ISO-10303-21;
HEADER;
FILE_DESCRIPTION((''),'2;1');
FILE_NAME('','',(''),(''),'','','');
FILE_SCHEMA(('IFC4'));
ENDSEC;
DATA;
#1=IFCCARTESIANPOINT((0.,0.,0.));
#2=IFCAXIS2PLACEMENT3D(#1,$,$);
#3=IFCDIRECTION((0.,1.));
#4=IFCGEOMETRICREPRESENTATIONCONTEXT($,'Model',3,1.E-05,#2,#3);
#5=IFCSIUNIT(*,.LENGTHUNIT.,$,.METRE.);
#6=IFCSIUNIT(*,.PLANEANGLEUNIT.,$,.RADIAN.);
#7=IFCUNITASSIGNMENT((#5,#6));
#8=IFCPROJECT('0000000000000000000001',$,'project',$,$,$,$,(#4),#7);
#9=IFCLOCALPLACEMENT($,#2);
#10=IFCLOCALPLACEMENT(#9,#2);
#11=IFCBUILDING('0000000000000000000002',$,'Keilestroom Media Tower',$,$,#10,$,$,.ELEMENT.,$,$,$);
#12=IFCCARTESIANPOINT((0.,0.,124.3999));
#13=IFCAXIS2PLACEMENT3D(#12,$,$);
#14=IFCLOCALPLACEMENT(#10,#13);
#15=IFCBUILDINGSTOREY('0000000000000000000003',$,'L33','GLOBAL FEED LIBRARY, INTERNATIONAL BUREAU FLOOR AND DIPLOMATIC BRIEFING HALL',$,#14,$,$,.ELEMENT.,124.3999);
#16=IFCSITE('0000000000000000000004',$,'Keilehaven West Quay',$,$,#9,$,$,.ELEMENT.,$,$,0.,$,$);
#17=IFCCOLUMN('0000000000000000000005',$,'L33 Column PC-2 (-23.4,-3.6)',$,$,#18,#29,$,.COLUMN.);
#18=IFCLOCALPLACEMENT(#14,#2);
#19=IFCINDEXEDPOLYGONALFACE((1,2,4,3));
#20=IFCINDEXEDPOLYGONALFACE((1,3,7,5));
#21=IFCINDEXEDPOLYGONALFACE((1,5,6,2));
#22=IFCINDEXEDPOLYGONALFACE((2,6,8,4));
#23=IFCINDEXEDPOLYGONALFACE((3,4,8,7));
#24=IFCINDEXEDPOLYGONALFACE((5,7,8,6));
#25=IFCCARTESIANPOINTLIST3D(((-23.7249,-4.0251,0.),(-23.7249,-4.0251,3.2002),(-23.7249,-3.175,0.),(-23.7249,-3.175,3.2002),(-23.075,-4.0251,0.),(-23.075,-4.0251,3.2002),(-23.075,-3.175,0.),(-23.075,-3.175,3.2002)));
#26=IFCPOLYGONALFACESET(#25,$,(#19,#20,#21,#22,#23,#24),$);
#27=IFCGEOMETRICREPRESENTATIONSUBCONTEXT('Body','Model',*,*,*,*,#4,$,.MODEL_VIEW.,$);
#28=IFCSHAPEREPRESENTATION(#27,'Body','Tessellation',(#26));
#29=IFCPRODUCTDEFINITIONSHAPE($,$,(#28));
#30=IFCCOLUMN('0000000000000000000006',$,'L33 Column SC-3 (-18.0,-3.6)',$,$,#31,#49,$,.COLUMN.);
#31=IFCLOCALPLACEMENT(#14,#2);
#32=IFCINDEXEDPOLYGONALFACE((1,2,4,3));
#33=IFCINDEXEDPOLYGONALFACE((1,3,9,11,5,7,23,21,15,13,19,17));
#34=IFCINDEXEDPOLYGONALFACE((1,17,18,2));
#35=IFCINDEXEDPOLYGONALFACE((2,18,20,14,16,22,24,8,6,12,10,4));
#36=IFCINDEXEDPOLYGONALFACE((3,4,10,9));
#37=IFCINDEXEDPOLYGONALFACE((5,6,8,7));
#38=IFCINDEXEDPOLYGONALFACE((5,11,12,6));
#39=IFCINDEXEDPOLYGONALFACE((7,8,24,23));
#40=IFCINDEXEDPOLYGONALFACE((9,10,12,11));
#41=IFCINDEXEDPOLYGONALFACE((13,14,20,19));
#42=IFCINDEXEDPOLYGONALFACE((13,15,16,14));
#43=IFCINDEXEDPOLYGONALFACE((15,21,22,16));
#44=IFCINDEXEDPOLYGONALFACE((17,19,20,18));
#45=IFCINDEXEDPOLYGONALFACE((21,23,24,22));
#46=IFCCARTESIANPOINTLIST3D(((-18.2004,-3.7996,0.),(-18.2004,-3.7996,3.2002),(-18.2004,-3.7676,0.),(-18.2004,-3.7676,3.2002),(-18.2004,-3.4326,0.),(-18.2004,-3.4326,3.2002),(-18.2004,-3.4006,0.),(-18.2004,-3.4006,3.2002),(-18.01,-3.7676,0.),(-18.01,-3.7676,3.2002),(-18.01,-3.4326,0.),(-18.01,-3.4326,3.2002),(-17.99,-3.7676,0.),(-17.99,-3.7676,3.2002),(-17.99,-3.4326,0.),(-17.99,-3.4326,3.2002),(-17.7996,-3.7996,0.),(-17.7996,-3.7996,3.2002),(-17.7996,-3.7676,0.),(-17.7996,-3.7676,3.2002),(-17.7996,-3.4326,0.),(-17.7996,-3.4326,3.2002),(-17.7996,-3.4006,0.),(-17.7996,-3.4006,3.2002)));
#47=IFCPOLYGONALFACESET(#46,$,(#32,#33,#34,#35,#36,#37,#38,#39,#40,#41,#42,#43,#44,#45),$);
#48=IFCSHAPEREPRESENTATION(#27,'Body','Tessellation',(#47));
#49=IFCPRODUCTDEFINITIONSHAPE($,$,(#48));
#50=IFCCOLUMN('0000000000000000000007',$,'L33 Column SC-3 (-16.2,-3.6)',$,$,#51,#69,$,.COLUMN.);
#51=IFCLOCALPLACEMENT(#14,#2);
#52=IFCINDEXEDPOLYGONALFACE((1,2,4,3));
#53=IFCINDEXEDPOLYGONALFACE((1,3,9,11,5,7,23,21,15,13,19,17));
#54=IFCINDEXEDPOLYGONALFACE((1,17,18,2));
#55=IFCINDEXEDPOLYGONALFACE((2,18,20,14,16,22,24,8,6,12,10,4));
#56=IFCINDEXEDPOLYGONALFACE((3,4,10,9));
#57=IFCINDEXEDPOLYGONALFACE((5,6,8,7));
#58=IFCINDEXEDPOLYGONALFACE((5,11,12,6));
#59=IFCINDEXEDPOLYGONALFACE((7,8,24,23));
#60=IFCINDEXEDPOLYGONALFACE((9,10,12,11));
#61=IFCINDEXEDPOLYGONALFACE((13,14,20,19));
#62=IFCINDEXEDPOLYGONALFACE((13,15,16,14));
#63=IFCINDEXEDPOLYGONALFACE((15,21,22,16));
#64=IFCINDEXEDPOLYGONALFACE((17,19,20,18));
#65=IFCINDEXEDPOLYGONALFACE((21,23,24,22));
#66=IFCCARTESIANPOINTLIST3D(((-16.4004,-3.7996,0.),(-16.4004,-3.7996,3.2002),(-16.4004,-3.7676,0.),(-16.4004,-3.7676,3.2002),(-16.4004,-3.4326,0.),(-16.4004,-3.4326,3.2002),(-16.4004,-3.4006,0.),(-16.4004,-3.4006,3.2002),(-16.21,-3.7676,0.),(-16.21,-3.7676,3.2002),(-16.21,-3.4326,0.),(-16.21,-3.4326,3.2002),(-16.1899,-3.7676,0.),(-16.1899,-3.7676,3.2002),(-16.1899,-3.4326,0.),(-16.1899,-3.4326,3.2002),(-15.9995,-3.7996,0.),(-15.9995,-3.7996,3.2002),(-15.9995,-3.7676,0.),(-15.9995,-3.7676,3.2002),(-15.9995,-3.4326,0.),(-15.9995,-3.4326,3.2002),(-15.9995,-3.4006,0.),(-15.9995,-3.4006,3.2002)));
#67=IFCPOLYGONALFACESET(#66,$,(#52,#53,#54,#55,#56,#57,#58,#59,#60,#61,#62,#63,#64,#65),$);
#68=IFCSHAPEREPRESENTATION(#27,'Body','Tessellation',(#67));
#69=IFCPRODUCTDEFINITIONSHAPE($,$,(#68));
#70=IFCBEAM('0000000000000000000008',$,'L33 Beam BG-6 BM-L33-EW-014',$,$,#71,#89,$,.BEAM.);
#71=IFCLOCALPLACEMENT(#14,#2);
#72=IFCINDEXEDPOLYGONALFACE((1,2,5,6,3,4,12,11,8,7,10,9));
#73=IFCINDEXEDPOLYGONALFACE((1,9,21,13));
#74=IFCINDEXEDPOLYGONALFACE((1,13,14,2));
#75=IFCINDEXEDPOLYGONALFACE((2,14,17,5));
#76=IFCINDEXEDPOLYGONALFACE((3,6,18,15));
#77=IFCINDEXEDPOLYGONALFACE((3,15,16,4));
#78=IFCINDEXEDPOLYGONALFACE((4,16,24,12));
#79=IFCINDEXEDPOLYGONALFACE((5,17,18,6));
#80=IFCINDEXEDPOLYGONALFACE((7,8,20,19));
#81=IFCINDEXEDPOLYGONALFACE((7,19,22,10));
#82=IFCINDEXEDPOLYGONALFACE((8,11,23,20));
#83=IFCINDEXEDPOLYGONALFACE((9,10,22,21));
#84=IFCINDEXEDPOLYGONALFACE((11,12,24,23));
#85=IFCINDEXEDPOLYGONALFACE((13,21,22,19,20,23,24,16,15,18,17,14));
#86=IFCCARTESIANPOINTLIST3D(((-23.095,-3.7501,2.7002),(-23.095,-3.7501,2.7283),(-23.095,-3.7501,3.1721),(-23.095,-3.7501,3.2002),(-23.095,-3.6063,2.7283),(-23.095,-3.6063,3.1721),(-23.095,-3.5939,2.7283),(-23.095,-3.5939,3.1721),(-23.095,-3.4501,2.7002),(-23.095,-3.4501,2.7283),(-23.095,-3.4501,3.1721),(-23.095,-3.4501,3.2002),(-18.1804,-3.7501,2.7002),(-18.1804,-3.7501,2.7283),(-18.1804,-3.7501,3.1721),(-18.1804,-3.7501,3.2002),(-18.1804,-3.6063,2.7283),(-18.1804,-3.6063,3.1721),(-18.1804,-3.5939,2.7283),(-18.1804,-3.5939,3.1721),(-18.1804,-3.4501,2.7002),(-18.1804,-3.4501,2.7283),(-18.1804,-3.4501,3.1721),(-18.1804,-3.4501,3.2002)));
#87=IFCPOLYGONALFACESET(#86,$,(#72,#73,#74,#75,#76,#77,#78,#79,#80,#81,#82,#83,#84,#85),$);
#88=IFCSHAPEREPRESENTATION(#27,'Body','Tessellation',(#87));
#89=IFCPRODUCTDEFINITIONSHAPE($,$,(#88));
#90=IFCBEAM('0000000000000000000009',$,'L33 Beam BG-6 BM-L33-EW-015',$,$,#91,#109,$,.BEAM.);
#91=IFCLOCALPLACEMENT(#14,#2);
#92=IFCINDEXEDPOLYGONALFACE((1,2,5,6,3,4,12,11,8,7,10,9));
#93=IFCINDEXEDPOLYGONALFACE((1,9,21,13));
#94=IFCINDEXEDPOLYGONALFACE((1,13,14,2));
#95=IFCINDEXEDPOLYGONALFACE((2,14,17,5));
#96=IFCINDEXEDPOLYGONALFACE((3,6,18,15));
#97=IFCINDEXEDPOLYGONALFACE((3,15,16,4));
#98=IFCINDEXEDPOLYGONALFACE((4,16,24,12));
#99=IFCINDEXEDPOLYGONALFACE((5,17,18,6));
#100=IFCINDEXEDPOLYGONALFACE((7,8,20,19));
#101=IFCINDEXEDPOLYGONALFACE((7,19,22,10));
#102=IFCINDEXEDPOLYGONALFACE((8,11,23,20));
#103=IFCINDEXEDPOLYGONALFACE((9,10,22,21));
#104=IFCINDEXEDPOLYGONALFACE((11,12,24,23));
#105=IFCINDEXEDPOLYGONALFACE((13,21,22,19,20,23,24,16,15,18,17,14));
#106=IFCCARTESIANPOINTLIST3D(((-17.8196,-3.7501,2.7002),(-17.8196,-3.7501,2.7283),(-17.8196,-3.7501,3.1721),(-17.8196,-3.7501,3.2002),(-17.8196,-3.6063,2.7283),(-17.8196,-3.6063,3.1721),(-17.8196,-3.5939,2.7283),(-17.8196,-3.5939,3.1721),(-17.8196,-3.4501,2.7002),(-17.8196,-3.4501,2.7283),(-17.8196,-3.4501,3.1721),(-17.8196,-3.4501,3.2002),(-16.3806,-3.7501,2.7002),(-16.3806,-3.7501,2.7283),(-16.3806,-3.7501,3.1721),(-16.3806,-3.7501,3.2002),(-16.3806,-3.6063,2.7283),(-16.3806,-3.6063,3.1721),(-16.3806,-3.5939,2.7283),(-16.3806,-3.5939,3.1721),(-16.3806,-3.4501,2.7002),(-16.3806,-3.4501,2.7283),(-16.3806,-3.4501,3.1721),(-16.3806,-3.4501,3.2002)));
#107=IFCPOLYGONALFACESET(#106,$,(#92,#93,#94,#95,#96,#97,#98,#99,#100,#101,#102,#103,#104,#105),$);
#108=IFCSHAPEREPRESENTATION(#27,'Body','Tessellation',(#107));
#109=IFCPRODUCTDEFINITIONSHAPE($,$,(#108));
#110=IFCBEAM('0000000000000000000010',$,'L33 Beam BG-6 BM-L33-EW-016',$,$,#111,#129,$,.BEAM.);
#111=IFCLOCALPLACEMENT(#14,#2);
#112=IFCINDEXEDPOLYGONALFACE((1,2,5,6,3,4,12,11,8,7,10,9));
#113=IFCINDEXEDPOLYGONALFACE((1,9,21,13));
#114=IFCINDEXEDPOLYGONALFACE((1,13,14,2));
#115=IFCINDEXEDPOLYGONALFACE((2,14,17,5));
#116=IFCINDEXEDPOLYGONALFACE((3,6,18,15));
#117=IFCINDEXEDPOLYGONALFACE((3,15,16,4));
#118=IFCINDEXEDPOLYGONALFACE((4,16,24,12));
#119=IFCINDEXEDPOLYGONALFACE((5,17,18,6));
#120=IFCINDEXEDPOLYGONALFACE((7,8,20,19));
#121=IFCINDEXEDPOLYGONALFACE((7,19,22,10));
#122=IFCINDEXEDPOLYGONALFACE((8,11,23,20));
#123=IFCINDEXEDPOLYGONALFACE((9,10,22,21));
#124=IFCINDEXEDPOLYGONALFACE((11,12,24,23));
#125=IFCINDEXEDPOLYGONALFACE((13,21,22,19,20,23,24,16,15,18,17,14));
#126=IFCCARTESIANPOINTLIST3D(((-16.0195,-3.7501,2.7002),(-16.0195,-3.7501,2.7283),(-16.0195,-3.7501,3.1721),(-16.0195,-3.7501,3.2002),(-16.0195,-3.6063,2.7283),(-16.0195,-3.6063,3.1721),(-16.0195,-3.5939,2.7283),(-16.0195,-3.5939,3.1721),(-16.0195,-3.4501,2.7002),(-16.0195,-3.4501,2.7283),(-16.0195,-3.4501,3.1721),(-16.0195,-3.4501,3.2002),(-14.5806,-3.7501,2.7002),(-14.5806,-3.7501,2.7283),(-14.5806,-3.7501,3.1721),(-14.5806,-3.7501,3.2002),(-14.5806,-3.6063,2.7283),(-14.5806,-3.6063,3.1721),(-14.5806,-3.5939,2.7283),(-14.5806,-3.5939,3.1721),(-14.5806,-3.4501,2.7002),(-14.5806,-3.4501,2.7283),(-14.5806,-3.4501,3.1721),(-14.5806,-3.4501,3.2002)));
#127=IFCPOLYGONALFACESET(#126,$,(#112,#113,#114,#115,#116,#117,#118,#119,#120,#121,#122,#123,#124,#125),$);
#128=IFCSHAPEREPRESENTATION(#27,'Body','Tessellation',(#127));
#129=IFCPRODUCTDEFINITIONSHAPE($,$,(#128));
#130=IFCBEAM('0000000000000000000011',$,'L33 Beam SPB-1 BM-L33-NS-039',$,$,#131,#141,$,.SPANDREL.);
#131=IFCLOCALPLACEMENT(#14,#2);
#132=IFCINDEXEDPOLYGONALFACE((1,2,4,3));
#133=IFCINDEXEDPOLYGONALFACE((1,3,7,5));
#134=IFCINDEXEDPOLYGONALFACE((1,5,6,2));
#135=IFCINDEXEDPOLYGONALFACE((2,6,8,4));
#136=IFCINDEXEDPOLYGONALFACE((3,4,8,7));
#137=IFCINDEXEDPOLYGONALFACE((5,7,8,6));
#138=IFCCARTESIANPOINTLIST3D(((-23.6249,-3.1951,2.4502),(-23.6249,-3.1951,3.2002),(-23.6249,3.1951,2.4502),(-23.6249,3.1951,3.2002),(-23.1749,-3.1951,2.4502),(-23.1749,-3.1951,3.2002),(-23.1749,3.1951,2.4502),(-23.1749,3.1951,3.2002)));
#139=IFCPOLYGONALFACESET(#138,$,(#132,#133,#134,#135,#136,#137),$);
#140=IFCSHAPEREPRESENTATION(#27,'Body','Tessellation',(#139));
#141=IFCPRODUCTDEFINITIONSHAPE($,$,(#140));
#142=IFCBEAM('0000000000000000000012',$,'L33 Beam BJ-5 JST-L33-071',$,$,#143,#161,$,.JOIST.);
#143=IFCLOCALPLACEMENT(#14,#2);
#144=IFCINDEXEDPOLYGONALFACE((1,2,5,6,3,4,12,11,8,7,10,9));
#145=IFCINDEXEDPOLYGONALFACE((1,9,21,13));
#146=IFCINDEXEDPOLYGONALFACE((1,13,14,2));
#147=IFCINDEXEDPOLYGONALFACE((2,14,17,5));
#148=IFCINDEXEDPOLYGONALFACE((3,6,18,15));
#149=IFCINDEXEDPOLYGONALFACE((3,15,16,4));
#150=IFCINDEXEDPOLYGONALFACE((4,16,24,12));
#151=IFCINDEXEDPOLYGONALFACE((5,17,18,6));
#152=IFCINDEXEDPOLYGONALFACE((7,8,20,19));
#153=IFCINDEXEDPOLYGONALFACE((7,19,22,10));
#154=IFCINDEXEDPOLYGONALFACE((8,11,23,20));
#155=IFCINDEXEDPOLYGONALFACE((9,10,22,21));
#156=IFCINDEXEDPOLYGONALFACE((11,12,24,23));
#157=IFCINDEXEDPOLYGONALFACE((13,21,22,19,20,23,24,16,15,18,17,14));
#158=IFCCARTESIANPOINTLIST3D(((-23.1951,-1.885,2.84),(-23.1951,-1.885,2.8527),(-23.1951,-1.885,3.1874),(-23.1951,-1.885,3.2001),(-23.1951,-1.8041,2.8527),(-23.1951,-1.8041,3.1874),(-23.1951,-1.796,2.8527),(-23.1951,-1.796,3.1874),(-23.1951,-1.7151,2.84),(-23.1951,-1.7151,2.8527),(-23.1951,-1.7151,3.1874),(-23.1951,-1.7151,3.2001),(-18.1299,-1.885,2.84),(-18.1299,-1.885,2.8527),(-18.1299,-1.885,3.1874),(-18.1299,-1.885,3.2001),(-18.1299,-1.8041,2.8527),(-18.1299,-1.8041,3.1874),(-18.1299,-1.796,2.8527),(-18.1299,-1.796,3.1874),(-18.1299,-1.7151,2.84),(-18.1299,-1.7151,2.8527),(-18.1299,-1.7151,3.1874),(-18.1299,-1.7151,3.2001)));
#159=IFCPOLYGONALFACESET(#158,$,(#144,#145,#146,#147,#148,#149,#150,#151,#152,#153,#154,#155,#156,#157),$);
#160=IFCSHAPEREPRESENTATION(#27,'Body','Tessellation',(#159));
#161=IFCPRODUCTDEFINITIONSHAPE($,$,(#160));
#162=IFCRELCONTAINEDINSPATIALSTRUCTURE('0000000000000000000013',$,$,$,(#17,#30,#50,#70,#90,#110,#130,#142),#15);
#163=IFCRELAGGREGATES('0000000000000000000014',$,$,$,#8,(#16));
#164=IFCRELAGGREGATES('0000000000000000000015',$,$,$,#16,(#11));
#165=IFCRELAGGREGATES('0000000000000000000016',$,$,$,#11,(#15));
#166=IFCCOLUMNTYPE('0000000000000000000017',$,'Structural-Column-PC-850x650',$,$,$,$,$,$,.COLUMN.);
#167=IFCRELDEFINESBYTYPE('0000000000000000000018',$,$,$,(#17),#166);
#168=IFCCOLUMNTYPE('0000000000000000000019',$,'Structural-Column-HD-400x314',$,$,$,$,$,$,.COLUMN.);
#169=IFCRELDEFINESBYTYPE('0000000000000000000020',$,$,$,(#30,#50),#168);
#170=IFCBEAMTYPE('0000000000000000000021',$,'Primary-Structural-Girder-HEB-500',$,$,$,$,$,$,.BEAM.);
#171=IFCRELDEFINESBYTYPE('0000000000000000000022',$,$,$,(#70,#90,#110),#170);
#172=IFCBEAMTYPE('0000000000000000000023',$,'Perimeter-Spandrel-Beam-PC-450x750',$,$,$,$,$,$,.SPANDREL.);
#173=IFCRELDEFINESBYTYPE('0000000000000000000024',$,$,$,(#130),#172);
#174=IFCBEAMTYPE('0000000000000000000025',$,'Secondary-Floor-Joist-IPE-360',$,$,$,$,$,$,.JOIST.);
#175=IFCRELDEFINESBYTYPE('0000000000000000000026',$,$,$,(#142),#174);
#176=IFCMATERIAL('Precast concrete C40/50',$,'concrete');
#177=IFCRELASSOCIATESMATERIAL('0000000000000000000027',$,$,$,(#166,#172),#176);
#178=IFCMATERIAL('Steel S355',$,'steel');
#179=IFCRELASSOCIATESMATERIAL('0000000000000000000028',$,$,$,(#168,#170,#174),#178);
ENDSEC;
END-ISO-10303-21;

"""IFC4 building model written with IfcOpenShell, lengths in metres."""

from ifc_helpers import new_model, si_unit, direction, frame, origin, origin_2d, place, context, subcontext, project, spatial, rectangle, i_section, extrude, source, transform, mapped, material, material_profile, profile_set, type_object, element, save


model = new_model("IFC4")

# Units and contexts
model_context = context("Model", 3, precision=1e-05, world=origin(), true_north=direction((0.0, 1.0)))
body_context = subcontext(model_context, "Body", "Model", "MODEL_VIEW")
ifc_project = project(units=[si_unit("LENGTHUNIT", "METRE"), si_unit("PLANEANGLEUNIT", "RADIAN")], contexts=[model_context])

# Site, building, storey
site_placement = place(None, origin())
site = spatial("IfcSite", under=ifc_project, at=site_placement, Name="Keilehaven West Quay", CompositionType="ELEMENT", RefElevation=0.0)
building_placement = place(site_placement, origin())
building = spatial("IfcBuilding", under=site, at=building_placement, Name="Keilestroom Media Tower", CompositionType="ELEMENT")
storey_placement = place(building_placement, frame((0.0, 0.0, 124.3999)))
storey = spatial("IfcBuildingStorey", under=building, at=storey_placement, Name="L33", Description="GLOBAL FEED LIBRARY, INTERNATIONAL BUREAU FLOOR AND DIPLOMATIC BRIEFING HALL", CompositionType="ELEMENT", Elevation=124.3999)

# Columns
ifc_material_1 = material(Name="Precast concrete C40/50", Category="concrete")
ifc_material_profile_1 = material_profile(ifc_material_1, rectangle(XDim=0.6499, YDim=0.8501, at=origin_2d()), Name="PC 850x650")
ifc_profile_set_1 = profile_set([ifc_material_profile_1], Name="Precast concrete C40/50")
column_type_1 = type_object("IfcColumnType", Name="Structural-Column-PC-850x650", PredefinedType="COLUMN", material=ifc_profile_set_1)
shared_shape_1 = source(origin(), body_context, "Body", "SweptSolid", [
    extrude(rectangle(XDim=0.6499, YDim=0.8501, at=origin_2d()), origin(), (0.0, 0.0, 1.0), 3.2002),
])
column_placement = place(storey_placement, frame((-23.3999, -3.6001, 0.0), z_axis=(0.0, 0.0, 1.0), x_axis=(1.0, 0.0, 0.0)))
element("IfcColumn", 1, at=column_placement, inside=storey, type_object=column_type_1, Name="L33 Column PC-2 (-23.4,-3.6)", PredefinedType="COLUMN", context=body_context, shape_type="MappedRepresentation", body=[
    mapped(shared_shape_1, transform((0.0, 0.0, 0.0), x_axis=(1.0, 0.0, 0.0), y_axis=(0.0, 1.0, 0.0), z_axis=(0.0, 0.0, 1.0), scale=1.0)),
])
ifc_material_2 = material(Name="Steel S355", Category="steel")
ifc_material_profile_2 = material_profile(ifc_material_2, i_section(OverallWidth=0.4009, OverallDepth=0.3989, WebThickness=0.02, FlangeThickness=0.032, at=origin_2d()), Name="HD 400x314")
ifc_profile_set_2 = profile_set([ifc_material_profile_2], Name="Steel S355")
column_type_2 = type_object("IfcColumnType", Name="Structural-Column-HD-400x314", PredefinedType="COLUMN", material=ifc_profile_set_2)
shared_shape_2 = source(origin(), body_context, "Body", "SweptSolid", [
    extrude(i_section(OverallWidth=0.4009, OverallDepth=0.3989, WebThickness=0.02, FlangeThickness=0.032, at=origin_2d()), origin(), (0.0, 0.0, 1.0), 3.2002),
])
for number, where, z_axis, x_axis, name in (
    (2, (-18.0, -3.6001, 0.0), (0.0, 0.0, 1.0), (1.0, 0.0, 0.0), "L33 Column SC-3 (-18.0,-3.6)"),
    (3, (-16.2, -3.6001, 0.0), (0.0, 0.0, 1.0), (1.0, 0.0, 0.0), "L33 Column SC-3 (-16.2,-3.6)"),
):
    element("IfcColumn", number, at=place(storey_placement, frame(where, z_axis=z_axis, x_axis=x_axis)), inside=storey, type_object=column_type_2, Name=name, PredefinedType="COLUMN", context=body_context, shape_type="MappedRepresentation", body=[
        mapped(shared_shape_2, transform((0.0, 0.0, 0.0), x_axis=(1.0, 0.0, 0.0), y_axis=(0.0, 1.0, 0.0), z_axis=(0.0, 0.0, 1.0), scale=1.0)),
    ])

# Beams
ifc_material_profile_3 = material_profile(ifc_material_2, i_section(OverallWidth=0.3, OverallDepth=0.5, WebThickness=0.0125, FlangeThickness=0.0281, at=origin_2d()), Name="HEB 500")
ifc_profile_set_3 = profile_set([ifc_material_profile_3], Name="Steel S355")
beam_type_1 = type_object("IfcBeamType", Name="Primary-Structural-Girder-HEB-500", PredefinedType="BEAM", material=ifc_profile_set_3)
shared_shape_3 = source(origin(), body_context, "Body", "SweptSolid", [
    extrude(i_section(OverallWidth=0.3, OverallDepth=0.5, WebThickness=0.0125, FlangeThickness=0.0281, at=origin_2d()), origin(), (0.0, 0.0, 1.0), 4.9146),
])
beam_1_placement = place(storey_placement, frame((-23.095, -3.6001, 2.9502), z_axis=(1.0, 0.0, 0.0), x_axis=(0.0, 1.0, 0.0)))
element("IfcBeam", 4, at=beam_1_placement, inside=storey, type_object=beam_type_1, Name="L33 Beam BG-6 BM-L33-EW-014", PredefinedType="BEAM", context=body_context, shape_type="MappedRepresentation", body=[
    mapped(shared_shape_3, transform((0.0, 0.0, 0.0), x_axis=(1.0, 0.0, 0.0), y_axis=(0.0, 1.0, 0.0), z_axis=(0.0, 0.0, 1.0), scale=1.0)),
])
shared_shape_4 = source(origin(), body_context, "Body", "SweptSolid", [
    extrude(i_section(OverallWidth=0.3, OverallDepth=0.5, WebThickness=0.0125, FlangeThickness=0.0281, at=origin_2d()), origin(), (0.0, 0.0, 1.0), 1.439),
])
for number, where, z_axis, x_axis, name in (
    (5, (-17.8196, -3.6001, 2.9502), (1.0, 0.0, 0.0), (0.0, 1.0, 0.0), "L33 Beam BG-6 BM-L33-EW-015"),
    (6, (-16.0195, -3.6001, 2.9502), (1.0, 0.0, 0.0), (0.0, 1.0, 0.0), "L33 Beam BG-6 BM-L33-EW-016"),
):
    element("IfcBeam", number, at=place(storey_placement, frame(where, z_axis=z_axis, x_axis=x_axis)), inside=storey, type_object=beam_type_1, Name=name, PredefinedType="BEAM", context=body_context, shape_type="MappedRepresentation", body=[
        mapped(shared_shape_4, transform((0.0, 0.0, 0.0), x_axis=(1.0, 0.0, 0.0), y_axis=(0.0, 1.0, 0.0), z_axis=(0.0, 0.0, 1.0), scale=1.0)),
    ])
ifc_material_profile_4 = material_profile(ifc_material_1, rectangle(XDim=0.45, YDim=0.75, at=origin_2d()), Name="PC 450x750")
ifc_profile_set_4 = profile_set([ifc_material_profile_4], Name="Precast concrete C40/50")
beam_type_2 = type_object("IfcBeamType", Name="Perimeter-Spandrel-Beam-PC-450x750", PredefinedType="SPANDREL", material=ifc_profile_set_4)
shared_shape_5 = source(origin(), body_context, "Body", "SweptSolid", [
    extrude(rectangle(XDim=0.45, YDim=0.75, at=origin_2d()), origin(), (0.0, 0.0, 1.0), 6.3901),
])
beam_2_placement = place(storey_placement, frame((-23.3999, -3.1951, 2.8252), z_axis=(0.0, 1.0, 0.0), x_axis=(-1.0, 0.0, 0.0)))
element("IfcBeam", 7, at=beam_2_placement, inside=storey, type_object=beam_type_2, Name="L33 Beam SPB-1 BM-L33-NS-039", PredefinedType="SPANDREL", context=body_context, shape_type="MappedRepresentation", body=[
    mapped(shared_shape_5, transform((0.0, 0.0, 0.0), x_axis=(1.0, 0.0, 0.0), y_axis=(0.0, 1.0, 0.0), z_axis=(0.0, 0.0, 1.0), scale=1.0)),
])
ifc_material_profile_5 = material_profile(ifc_material_2, i_section(OverallWidth=0.1699, OverallDepth=0.3601, WebThickness=0.0081, FlangeThickness=0.0127, at=origin_2d()), Name="IPE 360")
ifc_profile_set_5 = profile_set([ifc_material_profile_5], Name="Steel S355")
beam_type_3 = type_object("IfcBeamType", Name="Secondary-Floor-Joist-IPE-360", PredefinedType="JOIST", material=ifc_profile_set_5)
shared_shape_6 = source(origin(), body_context, "Body", "SweptSolid", [
    extrude(i_section(OverallWidth=0.1699, OverallDepth=0.3601, WebThickness=0.0081, FlangeThickness=0.0127, at=origin_2d()), origin(), (0.0, 0.0, 1.0), 5.0652),
])
beam_3_placement = place(storey_placement, frame((-23.1951, -1.8, 3.02), z_axis=(1.0, 0.0, 0.0), x_axis=(0.0, 1.0, 0.0)))
element("IfcBeam", 8, at=beam_3_placement, inside=storey, type_object=beam_type_3, Name="L33 Beam BJ-5 JST-L33-071", PredefinedType="JOIST", context=body_context, shape_type="MappedRepresentation", body=[
    mapped(shared_shape_6, transform((0.0, 0.0, 0.0), x_axis=(1.0, 0.0, 0.0), y_axis=(0.0, 1.0, 0.0), z_axis=(0.0, 0.0, 1.0), scale=1.0)),
])

save(model, "model.ifc")
